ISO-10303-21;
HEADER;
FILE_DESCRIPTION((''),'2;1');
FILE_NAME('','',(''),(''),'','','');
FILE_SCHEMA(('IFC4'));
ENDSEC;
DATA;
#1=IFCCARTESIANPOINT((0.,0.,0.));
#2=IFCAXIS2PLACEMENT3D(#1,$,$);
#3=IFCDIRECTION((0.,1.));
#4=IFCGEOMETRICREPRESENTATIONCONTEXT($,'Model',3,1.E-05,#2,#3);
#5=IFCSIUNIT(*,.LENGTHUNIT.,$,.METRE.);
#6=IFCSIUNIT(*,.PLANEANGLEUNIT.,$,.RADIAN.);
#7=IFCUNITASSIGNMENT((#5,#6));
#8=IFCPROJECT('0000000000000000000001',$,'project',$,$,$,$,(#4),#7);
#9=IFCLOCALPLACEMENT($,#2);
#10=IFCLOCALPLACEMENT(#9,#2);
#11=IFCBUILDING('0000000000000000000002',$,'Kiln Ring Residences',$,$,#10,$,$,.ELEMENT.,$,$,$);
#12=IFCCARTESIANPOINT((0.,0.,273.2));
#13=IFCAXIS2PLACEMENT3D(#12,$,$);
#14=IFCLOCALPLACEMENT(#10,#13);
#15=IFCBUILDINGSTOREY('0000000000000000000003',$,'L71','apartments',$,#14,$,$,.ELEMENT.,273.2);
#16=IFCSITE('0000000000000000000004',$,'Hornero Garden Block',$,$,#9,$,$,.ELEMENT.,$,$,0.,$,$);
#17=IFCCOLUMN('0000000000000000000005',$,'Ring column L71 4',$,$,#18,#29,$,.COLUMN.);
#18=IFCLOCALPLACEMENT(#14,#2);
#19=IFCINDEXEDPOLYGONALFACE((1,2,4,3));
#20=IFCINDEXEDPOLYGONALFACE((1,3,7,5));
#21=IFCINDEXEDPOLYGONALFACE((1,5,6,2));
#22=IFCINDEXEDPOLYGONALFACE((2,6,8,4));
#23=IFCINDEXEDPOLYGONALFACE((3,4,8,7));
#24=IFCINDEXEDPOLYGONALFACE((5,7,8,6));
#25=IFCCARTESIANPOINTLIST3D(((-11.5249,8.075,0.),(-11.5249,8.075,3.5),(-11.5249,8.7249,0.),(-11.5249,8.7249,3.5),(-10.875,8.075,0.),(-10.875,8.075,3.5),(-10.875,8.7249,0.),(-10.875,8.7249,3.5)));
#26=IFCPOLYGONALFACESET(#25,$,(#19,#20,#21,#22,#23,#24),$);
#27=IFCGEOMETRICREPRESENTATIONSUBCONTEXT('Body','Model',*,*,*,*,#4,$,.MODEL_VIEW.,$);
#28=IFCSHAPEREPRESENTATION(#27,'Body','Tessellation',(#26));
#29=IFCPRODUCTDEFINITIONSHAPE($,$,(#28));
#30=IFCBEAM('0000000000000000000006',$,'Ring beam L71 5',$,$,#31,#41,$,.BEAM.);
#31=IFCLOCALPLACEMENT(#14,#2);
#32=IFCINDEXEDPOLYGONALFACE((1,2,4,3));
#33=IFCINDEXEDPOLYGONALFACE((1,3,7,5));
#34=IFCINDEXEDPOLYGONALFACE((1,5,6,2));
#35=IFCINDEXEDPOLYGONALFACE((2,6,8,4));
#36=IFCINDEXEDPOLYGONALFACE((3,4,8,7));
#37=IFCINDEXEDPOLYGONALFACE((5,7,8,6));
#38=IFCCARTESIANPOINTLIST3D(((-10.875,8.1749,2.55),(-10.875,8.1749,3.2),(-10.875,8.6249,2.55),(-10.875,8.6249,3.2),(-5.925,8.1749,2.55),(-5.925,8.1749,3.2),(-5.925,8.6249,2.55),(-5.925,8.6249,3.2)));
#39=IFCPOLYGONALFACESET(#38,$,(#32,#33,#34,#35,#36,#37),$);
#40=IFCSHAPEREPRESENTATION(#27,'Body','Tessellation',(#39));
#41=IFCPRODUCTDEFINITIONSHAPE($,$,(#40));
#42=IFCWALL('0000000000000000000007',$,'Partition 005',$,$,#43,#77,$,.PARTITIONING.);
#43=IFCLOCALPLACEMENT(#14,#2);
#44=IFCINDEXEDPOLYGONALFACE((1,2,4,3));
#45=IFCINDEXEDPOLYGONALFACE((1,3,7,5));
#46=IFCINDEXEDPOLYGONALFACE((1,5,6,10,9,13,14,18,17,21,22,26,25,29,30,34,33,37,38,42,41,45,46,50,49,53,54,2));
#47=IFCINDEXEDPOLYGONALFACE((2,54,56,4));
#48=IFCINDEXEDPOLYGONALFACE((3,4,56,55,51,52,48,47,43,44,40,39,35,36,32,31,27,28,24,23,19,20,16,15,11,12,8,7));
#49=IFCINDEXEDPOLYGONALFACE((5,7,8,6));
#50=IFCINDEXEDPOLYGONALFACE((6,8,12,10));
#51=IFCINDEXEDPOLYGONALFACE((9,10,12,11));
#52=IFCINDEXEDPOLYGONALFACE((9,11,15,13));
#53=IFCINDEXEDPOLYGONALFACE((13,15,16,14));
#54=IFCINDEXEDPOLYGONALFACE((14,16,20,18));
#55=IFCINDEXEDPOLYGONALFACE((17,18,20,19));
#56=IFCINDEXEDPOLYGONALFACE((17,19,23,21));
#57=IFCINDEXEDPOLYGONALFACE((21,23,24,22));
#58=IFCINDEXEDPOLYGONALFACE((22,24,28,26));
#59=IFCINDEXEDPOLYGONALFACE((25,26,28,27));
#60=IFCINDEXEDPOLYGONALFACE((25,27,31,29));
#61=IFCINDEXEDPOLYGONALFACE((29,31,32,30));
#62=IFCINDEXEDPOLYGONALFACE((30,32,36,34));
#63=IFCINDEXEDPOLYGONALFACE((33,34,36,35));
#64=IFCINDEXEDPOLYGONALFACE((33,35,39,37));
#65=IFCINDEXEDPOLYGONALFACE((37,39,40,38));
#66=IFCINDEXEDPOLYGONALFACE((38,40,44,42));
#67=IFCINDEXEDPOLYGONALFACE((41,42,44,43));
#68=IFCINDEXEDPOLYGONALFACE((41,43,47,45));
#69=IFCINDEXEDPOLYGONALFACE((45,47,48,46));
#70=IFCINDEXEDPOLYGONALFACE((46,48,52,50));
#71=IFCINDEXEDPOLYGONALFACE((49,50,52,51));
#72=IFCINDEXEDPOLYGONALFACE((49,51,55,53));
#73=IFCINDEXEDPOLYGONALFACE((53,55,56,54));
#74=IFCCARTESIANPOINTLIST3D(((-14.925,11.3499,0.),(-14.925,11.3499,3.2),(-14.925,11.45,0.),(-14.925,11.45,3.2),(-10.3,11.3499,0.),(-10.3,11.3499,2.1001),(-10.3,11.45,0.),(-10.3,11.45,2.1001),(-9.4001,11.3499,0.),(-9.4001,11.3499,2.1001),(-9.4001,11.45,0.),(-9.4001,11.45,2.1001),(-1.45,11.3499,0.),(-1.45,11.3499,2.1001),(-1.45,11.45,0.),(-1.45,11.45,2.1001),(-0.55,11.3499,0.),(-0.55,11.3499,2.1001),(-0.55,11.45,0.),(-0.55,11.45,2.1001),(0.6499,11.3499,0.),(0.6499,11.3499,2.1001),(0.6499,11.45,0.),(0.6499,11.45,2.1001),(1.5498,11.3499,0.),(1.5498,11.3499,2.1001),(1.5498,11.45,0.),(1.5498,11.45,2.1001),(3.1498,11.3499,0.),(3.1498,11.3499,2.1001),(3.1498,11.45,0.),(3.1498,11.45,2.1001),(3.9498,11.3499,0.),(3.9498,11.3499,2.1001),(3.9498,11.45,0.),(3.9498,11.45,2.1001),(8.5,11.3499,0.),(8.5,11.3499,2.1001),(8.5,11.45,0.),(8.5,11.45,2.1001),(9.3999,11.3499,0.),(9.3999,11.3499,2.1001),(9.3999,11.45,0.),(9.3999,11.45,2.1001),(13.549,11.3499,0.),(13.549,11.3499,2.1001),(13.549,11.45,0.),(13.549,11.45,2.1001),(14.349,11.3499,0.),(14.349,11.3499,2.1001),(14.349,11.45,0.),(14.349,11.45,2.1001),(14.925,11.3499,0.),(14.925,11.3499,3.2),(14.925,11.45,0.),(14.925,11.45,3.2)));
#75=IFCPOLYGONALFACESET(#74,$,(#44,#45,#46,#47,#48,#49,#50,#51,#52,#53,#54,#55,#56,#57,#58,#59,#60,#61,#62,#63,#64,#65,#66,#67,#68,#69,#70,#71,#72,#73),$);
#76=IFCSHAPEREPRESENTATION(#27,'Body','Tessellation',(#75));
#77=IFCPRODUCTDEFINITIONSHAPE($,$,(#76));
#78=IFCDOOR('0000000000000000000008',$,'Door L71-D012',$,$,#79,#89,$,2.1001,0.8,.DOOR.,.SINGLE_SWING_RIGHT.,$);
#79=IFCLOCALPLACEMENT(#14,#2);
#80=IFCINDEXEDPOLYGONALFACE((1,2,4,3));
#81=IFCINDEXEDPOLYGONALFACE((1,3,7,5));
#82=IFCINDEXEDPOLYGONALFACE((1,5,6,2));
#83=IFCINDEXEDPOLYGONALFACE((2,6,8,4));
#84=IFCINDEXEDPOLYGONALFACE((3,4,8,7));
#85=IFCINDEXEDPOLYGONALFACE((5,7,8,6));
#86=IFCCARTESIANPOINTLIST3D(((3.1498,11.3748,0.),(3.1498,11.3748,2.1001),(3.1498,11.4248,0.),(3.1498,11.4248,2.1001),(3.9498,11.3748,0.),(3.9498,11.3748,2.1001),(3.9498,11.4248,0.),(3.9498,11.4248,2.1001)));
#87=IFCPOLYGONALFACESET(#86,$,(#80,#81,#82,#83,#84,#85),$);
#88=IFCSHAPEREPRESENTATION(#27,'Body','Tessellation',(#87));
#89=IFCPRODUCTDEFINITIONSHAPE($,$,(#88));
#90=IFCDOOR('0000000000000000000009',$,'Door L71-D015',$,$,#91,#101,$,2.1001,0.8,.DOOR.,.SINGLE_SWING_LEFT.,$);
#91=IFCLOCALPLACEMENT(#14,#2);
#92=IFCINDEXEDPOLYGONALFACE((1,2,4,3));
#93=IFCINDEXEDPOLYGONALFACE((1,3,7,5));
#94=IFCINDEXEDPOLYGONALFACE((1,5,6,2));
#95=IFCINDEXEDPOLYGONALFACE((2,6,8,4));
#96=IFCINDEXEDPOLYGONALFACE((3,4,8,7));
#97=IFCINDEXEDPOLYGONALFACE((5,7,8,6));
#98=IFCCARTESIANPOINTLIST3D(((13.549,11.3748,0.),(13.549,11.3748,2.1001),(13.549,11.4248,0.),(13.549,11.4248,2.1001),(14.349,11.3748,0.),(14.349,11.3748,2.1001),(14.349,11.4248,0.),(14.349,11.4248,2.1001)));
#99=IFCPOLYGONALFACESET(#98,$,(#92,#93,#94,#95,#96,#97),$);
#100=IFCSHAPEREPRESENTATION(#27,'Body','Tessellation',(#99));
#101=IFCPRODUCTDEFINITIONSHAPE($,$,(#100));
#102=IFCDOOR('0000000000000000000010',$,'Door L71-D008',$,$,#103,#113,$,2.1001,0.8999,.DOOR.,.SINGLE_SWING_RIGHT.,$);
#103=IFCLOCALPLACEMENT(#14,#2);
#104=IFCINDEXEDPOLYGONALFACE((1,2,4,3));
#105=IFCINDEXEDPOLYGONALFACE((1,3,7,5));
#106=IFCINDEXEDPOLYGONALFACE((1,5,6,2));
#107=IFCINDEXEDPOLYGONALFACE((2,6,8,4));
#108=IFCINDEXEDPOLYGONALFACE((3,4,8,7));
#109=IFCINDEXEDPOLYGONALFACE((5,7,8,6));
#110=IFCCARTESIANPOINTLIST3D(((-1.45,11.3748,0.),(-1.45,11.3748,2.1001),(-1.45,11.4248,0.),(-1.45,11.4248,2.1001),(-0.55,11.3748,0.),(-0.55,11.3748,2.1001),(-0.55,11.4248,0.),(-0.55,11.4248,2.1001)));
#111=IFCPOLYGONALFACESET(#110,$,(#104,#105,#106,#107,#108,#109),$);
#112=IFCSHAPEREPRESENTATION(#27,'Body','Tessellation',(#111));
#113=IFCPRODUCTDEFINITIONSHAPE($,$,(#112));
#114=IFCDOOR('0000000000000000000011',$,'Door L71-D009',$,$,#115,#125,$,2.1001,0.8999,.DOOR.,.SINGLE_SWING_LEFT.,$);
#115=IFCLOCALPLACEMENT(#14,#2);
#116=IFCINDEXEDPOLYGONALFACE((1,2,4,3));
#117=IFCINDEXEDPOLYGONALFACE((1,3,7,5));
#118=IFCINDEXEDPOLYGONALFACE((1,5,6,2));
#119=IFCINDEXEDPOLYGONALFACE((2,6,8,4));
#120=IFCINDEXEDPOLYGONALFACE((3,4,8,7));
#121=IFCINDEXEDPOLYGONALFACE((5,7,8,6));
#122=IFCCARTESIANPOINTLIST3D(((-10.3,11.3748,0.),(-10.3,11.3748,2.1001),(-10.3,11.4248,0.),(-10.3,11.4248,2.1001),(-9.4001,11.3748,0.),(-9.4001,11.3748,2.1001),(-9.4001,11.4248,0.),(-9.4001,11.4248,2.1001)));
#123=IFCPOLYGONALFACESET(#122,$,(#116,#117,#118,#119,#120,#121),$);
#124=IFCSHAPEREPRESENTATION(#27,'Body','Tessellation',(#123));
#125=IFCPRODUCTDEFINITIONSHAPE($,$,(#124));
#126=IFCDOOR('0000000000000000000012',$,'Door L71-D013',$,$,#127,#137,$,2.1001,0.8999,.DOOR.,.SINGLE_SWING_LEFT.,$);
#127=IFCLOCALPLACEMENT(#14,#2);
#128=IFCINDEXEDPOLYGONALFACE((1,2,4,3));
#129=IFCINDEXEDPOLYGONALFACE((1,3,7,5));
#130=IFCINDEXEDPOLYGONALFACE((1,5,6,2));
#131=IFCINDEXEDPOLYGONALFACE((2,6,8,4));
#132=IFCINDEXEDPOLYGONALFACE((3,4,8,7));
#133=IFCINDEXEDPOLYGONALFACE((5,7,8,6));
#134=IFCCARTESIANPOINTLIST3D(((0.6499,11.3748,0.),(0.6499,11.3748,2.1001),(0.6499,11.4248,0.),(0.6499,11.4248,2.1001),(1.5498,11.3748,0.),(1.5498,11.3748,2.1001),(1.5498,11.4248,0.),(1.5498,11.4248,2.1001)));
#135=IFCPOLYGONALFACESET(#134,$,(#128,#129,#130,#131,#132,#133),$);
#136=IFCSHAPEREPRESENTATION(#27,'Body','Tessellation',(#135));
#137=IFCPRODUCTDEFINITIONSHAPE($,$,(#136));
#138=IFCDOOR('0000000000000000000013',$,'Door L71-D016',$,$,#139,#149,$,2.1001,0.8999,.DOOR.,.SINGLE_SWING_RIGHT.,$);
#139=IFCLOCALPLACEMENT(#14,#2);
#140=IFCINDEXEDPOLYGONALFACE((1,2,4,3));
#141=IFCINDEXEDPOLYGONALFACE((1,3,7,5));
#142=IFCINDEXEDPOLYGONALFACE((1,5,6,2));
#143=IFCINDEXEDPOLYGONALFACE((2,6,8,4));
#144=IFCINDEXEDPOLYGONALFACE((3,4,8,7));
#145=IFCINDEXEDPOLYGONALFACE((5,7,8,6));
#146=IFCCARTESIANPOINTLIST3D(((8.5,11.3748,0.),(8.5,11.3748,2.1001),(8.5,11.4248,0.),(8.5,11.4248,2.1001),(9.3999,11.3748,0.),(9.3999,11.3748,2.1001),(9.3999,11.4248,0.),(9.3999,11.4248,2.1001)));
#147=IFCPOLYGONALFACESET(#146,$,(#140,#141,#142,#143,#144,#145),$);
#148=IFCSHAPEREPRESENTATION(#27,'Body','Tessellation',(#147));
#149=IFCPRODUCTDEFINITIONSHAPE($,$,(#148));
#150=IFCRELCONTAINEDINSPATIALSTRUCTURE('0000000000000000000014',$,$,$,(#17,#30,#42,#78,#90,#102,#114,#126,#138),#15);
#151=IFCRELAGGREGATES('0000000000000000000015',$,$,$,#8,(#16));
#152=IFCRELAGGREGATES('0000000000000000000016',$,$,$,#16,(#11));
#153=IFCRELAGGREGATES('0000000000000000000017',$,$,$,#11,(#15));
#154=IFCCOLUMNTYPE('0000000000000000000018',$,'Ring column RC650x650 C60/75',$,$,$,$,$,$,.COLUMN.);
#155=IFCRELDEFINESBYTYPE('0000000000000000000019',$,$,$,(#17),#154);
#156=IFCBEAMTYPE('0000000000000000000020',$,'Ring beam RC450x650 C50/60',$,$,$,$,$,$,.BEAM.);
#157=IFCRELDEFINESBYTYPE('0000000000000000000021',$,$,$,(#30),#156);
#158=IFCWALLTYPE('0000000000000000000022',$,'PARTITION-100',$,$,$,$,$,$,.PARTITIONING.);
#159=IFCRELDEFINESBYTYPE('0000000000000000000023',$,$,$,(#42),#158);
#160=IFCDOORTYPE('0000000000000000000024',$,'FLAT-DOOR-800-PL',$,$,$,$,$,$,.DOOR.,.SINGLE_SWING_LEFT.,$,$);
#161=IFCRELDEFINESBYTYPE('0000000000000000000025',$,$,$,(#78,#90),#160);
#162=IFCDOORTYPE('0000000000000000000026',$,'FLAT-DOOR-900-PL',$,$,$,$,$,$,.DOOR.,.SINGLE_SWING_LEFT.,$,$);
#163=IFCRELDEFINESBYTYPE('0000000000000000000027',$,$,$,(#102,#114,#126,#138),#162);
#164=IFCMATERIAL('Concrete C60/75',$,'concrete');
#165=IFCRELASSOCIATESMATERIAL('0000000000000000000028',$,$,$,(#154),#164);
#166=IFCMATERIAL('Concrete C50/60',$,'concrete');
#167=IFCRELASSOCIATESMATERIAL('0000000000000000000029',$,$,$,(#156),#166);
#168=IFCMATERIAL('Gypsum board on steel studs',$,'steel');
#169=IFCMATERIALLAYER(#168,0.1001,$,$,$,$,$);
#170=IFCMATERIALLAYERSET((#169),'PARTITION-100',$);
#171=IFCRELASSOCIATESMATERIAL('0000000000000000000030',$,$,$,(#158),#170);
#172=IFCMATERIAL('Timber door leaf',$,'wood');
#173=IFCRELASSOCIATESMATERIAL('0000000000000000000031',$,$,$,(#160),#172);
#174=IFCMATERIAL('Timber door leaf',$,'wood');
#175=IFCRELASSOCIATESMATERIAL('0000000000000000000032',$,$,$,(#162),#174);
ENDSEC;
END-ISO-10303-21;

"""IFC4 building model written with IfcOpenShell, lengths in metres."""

from ifc_helpers import new_model, si_unit, direction, frame, frame_2d, origin, origin_2d, place, context, subcontext, project, spatial, rectangle, extrude, material, layer, layer_set, material_profile, profile_set, type_object, element, fill, save


model = new_model("IFC4")

# Units and contexts
model_context = context("Model", 3, precision=1e-05, world=origin(), true_north=direction((0.0, 1.0)))
body_context = subcontext(model_context, "Body", "Model", "MODEL_VIEW")
ifc_project = project(units=[si_unit("LENGTHUNIT", "METRE"), si_unit("PLANEANGLEUNIT", "RADIAN")], contexts=[model_context])

# Site, building, storey
site_placement = place(None, origin())
site = spatial("IfcSite", under=ifc_project, at=site_placement, Name="Hornero Garden Block", CompositionType="ELEMENT", RefElevation=0.0)
building_placement = place(site_placement, origin())
building = spatial("IfcBuilding", under=site, at=building_placement, Name="Kiln Ring Residences", CompositionType="ELEMENT")
storey_placement = place(building_placement, frame((0.0, 0.0, 273.2)))
storey = spatial("IfcBuildingStorey", under=building, at=storey_placement, Name="L71", Description="apartments", CompositionType="ELEMENT", Elevation=273.2)

# Column
ifc_material_1 = material(Name="Concrete C60/75", Category="concrete")
ifc_material_profile_1 = material_profile(ifc_material_1, rectangle(XDim=0.6499, YDim=0.6499, at=origin_2d()), Name="RC650x650")
ifc_profile_set_1 = profile_set([ifc_material_profile_1], Name="Concrete C60/75")
column_type = type_object("IfcColumnType", Name="Ring column RC650x650 C60/75", PredefinedType="COLUMN", material=ifc_profile_set_1)
column_placement = place(storey_placement, frame((-11.2, 8.3999, 0.0), z_axis=(0.0, 0.0, 1.0), x_axis=(1.0, 0.0, 0.0)))
element("IfcColumn", 1, at=column_placement, inside=storey, type_object=column_type, Name="Ring column L71 4", PredefinedType="COLUMN", context=body_context, shape_type="SweptSolid", body=[
    extrude(rectangle(XDim=0.6499, YDim=0.6499, at=origin_2d()), origin(), (0.0, 0.0, 1.0), 3.5),
])

# Beam
ifc_material_2 = material(Name="Concrete C50/60", Category="concrete")
ifc_material_profile_2 = material_profile(ifc_material_2, rectangle(XDim=0.45, YDim=0.6499, at=origin_2d()), Name="RC450x650")
ifc_profile_set_2 = profile_set([ifc_material_profile_2], Name="Concrete C50/60")
beam_type = type_object("IfcBeamType", Name="Ring beam RC450x650 C50/60", PredefinedType="BEAM", material=ifc_profile_set_2)
beam_placement = place(storey_placement, frame((-10.875, 8.3999, 2.875), z_axis=(1.0, 0.0, 0.0), x_axis=(0.0, 1.0, 0.0)))
element("IfcBeam", 2, at=beam_placement, inside=storey, type_object=beam_type, Name="Ring beam L71 5", PredefinedType="BEAM", context=body_context, shape_type="SweptSolid", body=[
    extrude(rectangle(XDim=0.45, YDim=0.6499, at=origin_2d()), origin(), (0.0, 0.0, 1.0), 4.95),
])

# Wall, openings, doors
ifc_material_3 = material(Name="Gypsum board on steel studs", Category="steel")
ifc_layer_1 = layer(ifc_material_3, 0.1001)
ifc_layer_set_1 = layer_set([ifc_layer_1], Name="PARTITION-100")
wall_type_1 = type_object("IfcWallType", Name="PARTITION-100", PredefinedType="PARTITIONING", material=ifc_layer_set_1)
wall_1_placement = place(storey_placement, frame((-14.925, 11.3999, 0.0), z_axis=(0.0, 0.0, 1.0), x_axis=(1.0, 0.0, 0.0)))
wall_1 = element("IfcWall", 3, at=wall_1_placement, inside=storey, type_object=wall_type_1, Name="Partition 005", PredefinedType="PARTITIONING", context=body_context, shape_type="SweptSolid", body=[
    extrude(rectangle(XDim=29.8501, YDim=0.1001, at=frame_2d((14.925, 0.0))), origin(), (0.0, 0.0, 1.0), 3.2),
])
opening_1_placement = place(wall_1_placement, frame((13.4751, 0.0, 0.0)))
opening_1 = element("IfcOpeningElement", 4, at=opening_1_placement, cuts=wall_1, PredefinedType="OPENING", context=body_context, shape_type="SweptSolid", body=[
    extrude(rectangle(XDim=0.8999, YDim=2.1001, at=frame_2d((0.45, 1.05))), frame((0.0, 0.0601, 0.0), z_axis=(0.0, -1.0, 0.0), x_axis=(1.0, 0.0, 0.0)), (0.0, 0.0, 1.0), 0.1201),
])
opening_2_placement = place(wall_1_placement, frame((4.625, 0.0, 0.0)))
opening_2 = element("IfcOpeningElement", 5, at=opening_2_placement, cuts=wall_1, PredefinedType="OPENING", context=body_context, shape_type="SweptSolid", body=[
    extrude(rectangle(XDim=0.8999, YDim=2.1001, at=frame_2d((0.45, 1.05))), frame((0.0, 0.0601, 0.0), z_axis=(0.0, -1.0, 0.0), x_axis=(1.0, 0.0, 0.0)), (0.0, 0.0, 1.0), 0.1201),
])
opening_3_placement = place(wall_1_placement, frame((18.075, 0.0, 0.0)))
opening_3 = element("IfcOpeningElement", 6, at=opening_3_placement, cuts=wall_1, PredefinedType="OPENING", context=body_context, shape_type="SweptSolid", body=[
    extrude(rectangle(XDim=0.8, YDim=2.1001, at=frame_2d((0.3999, 1.05))), frame((0.0, 0.0601, 0.0), z_axis=(0.0, -1.0, 0.0), x_axis=(1.0, 0.0, 0.0)), (0.0, 0.0, 1.0), 0.1201),
])
opening_4_placement = place(wall_1_placement, frame((15.575, 0.0, 0.0)))
opening_4 = element("IfcOpeningElement", 7, at=opening_4_placement, cuts=wall_1, PredefinedType="OPENING", context=body_context, shape_type="SweptSolid", body=[
    extrude(rectangle(XDim=0.8999, YDim=2.1001, at=frame_2d((0.45, 1.05))), frame((0.0, 0.0601, 0.0), z_axis=(0.0, -1.0, 0.0), x_axis=(1.0, 0.0, 0.0)), (0.0, 0.0, 1.0), 0.1201),
])
opening_5_placement = place(wall_1_placement, frame((28.4741, 0.0, 0.0)))
opening_5 = element("IfcOpeningElement", 8, at=opening_5_placement, cuts=wall_1, PredefinedType="OPENING", context=body_context, shape_type="SweptSolid", body=[
    extrude(rectangle(XDim=0.8, YDim=2.1001, at=frame_2d((0.3999, 1.05))), frame((0.0, 0.0601, 0.0), z_axis=(0.0, -1.0, 0.0), x_axis=(1.0, 0.0, 0.0)), (0.0, 0.0, 1.0), 0.1201),
])
opening_6_placement = place(wall_1_placement, frame((23.425, 0.0, 0.0)))
opening_6 = element("IfcOpeningElement", 9, at=opening_6_placement, cuts=wall_1, PredefinedType="OPENING", context=body_context, shape_type="SweptSolid", body=[
    extrude(rectangle(XDim=0.8999, YDim=2.1001, at=frame_2d((0.45, 1.05))), frame((0.0, 0.0601, 0.0), z_axis=(0.0, -1.0, 0.0), x_axis=(1.0, 0.0, 0.0)), (0.0, 0.0, 1.0), 0.1201),
])
ifc_material_4 = material(Name="Timber door leaf", Category="wood")
door_type_1 = type_object("IfcDoorType", Name="FLAT-DOOR-800-PL", OperationType="SINGLE_SWING_LEFT", PredefinedType="DOOR", material=ifc_material_4)
door_1_placement = place(opening_3_placement, origin())
door_1 = element("IfcDoor", 10, at=door_1_placement, inside=storey, type_object=door_type_1, Name="Door L71-D012", OperationType="SINGLE_SWING_RIGHT", OverallHeight=2.1001, OverallWidth=0.8, PredefinedType="DOOR", context=body_context, shape_type="SweptSolid", body=[
    extrude(rectangle(XDim=0.8, YDim=2.1001, at=frame_2d((0.3999, 1.05))), frame((0.0, 0.0249, 0.0), z_axis=(0.0, -1.0, 0.0), x_axis=(1.0, 0.0, 0.0)), (0.0, 0.0, 1.0), 0.05),
])
fill(opening_3, door_1)
door_2_placement = place(opening_5_placement, origin())
door_2 = element("IfcDoor", 11, at=door_2_placement, inside=storey, type_object=door_type_1, Name="Door L71-D015", OperationType="SINGLE_SWING_LEFT", OverallHeight=2.1001, OverallWidth=0.8, PredefinedType="DOOR", context=body_context, shape_type="SweptSolid", body=[
    extrude(rectangle(XDim=0.8, YDim=2.1001, at=frame_2d((0.3999, 1.05))), frame((0.0, 0.0249, 0.0), z_axis=(0.0, -1.0, 0.0), x_axis=(1.0, 0.0, 0.0)), (0.0, 0.0, 1.0), 0.05),
])
fill(opening_5, door_2)
ifc_material_5 = material(Name="Timber door leaf", Category="wood")
door_type_2 = type_object("IfcDoorType", Name="FLAT-DOOR-900-PL", OperationType="SINGLE_SWING_LEFT", PredefinedType="DOOR", material=ifc_material_5)
door_3_placement = place(opening_1_placement, origin())
door_3 = element("IfcDoor", 12, at=door_3_placement, inside=storey, type_object=door_type_2, Name="Door L71-D008", OperationType="SINGLE_SWING_RIGHT", OverallHeight=2.1001, OverallWidth=0.8999, PredefinedType="DOOR", context=body_context, shape_type="SweptSolid", body=[
    extrude(rectangle(XDim=0.8999, YDim=2.1001, at=frame_2d((0.45, 1.05))), frame((0.0, 0.0249, 0.0), z_axis=(0.0, -1.0, 0.0), x_axis=(1.0, 0.0, 0.0)), (0.0, 0.0, 1.0), 0.05),
])
fill(opening_1, door_3)
door_4_placement = place(opening_2_placement, origin())
door_4 = element("IfcDoor", 13, at=door_4_placement, inside=storey, type_object=door_type_2, Name="Door L71-D009", OperationType="SINGLE_SWING_LEFT", OverallHeight=2.1001, OverallWidth=0.8999, PredefinedType="DOOR", context=body_context, shape_type="SweptSolid", body=[
    extrude(rectangle(XDim=0.8999, YDim=2.1001, at=frame_2d((0.45, 1.05))), frame((0.0, 0.0249, 0.0), z_axis=(0.0, -1.0, 0.0), x_axis=(1.0, 0.0, 0.0)), (0.0, 0.0, 1.0), 0.05),
])
fill(opening_2, door_4)
door_5_placement = place(opening_4_placement, origin())
door_5 = element("IfcDoor", 14, at=door_5_placement, inside=storey, type_object=door_type_2, Name="Door L71-D013", OperationType="SINGLE_SWING_LEFT", OverallHeight=2.1001, OverallWidth=0.8999, PredefinedType="DOOR", context=body_context, shape_type="SweptSolid", body=[
    extrude(rectangle(XDim=0.8999, YDim=2.1001, at=frame_2d((0.45, 1.05))), frame((0.0, 0.0249, 0.0), z_axis=(0.0, -1.0, 0.0), x_axis=(1.0, 0.0, 0.0)), (0.0, 0.0, 1.0), 0.05),
])
fill(opening_4, door_5)
door_6_placement = place(opening_6_placement, origin())
door_6 = element("IfcDoor", 15, at=door_6_placement, inside=storey, type_object=door_type_2, Name="Door L71-D016", OperationType="SINGLE_SWING_RIGHT", OverallHeight=2.1001, OverallWidth=0.8999, PredefinedType="DOOR", context=body_context, shape_type="SweptSolid", body=[
    extrude(rectangle(XDim=0.8999, YDim=2.1001, at=frame_2d((0.45, 1.05))), frame((0.0, 0.0249, 0.0), z_axis=(0.0, -1.0, 0.0), x_axis=(1.0, 0.0, 0.0)), (0.0, 0.0, 1.0), 0.05),
])
fill(opening_6, door_6)

save(model, "model.ifc")
